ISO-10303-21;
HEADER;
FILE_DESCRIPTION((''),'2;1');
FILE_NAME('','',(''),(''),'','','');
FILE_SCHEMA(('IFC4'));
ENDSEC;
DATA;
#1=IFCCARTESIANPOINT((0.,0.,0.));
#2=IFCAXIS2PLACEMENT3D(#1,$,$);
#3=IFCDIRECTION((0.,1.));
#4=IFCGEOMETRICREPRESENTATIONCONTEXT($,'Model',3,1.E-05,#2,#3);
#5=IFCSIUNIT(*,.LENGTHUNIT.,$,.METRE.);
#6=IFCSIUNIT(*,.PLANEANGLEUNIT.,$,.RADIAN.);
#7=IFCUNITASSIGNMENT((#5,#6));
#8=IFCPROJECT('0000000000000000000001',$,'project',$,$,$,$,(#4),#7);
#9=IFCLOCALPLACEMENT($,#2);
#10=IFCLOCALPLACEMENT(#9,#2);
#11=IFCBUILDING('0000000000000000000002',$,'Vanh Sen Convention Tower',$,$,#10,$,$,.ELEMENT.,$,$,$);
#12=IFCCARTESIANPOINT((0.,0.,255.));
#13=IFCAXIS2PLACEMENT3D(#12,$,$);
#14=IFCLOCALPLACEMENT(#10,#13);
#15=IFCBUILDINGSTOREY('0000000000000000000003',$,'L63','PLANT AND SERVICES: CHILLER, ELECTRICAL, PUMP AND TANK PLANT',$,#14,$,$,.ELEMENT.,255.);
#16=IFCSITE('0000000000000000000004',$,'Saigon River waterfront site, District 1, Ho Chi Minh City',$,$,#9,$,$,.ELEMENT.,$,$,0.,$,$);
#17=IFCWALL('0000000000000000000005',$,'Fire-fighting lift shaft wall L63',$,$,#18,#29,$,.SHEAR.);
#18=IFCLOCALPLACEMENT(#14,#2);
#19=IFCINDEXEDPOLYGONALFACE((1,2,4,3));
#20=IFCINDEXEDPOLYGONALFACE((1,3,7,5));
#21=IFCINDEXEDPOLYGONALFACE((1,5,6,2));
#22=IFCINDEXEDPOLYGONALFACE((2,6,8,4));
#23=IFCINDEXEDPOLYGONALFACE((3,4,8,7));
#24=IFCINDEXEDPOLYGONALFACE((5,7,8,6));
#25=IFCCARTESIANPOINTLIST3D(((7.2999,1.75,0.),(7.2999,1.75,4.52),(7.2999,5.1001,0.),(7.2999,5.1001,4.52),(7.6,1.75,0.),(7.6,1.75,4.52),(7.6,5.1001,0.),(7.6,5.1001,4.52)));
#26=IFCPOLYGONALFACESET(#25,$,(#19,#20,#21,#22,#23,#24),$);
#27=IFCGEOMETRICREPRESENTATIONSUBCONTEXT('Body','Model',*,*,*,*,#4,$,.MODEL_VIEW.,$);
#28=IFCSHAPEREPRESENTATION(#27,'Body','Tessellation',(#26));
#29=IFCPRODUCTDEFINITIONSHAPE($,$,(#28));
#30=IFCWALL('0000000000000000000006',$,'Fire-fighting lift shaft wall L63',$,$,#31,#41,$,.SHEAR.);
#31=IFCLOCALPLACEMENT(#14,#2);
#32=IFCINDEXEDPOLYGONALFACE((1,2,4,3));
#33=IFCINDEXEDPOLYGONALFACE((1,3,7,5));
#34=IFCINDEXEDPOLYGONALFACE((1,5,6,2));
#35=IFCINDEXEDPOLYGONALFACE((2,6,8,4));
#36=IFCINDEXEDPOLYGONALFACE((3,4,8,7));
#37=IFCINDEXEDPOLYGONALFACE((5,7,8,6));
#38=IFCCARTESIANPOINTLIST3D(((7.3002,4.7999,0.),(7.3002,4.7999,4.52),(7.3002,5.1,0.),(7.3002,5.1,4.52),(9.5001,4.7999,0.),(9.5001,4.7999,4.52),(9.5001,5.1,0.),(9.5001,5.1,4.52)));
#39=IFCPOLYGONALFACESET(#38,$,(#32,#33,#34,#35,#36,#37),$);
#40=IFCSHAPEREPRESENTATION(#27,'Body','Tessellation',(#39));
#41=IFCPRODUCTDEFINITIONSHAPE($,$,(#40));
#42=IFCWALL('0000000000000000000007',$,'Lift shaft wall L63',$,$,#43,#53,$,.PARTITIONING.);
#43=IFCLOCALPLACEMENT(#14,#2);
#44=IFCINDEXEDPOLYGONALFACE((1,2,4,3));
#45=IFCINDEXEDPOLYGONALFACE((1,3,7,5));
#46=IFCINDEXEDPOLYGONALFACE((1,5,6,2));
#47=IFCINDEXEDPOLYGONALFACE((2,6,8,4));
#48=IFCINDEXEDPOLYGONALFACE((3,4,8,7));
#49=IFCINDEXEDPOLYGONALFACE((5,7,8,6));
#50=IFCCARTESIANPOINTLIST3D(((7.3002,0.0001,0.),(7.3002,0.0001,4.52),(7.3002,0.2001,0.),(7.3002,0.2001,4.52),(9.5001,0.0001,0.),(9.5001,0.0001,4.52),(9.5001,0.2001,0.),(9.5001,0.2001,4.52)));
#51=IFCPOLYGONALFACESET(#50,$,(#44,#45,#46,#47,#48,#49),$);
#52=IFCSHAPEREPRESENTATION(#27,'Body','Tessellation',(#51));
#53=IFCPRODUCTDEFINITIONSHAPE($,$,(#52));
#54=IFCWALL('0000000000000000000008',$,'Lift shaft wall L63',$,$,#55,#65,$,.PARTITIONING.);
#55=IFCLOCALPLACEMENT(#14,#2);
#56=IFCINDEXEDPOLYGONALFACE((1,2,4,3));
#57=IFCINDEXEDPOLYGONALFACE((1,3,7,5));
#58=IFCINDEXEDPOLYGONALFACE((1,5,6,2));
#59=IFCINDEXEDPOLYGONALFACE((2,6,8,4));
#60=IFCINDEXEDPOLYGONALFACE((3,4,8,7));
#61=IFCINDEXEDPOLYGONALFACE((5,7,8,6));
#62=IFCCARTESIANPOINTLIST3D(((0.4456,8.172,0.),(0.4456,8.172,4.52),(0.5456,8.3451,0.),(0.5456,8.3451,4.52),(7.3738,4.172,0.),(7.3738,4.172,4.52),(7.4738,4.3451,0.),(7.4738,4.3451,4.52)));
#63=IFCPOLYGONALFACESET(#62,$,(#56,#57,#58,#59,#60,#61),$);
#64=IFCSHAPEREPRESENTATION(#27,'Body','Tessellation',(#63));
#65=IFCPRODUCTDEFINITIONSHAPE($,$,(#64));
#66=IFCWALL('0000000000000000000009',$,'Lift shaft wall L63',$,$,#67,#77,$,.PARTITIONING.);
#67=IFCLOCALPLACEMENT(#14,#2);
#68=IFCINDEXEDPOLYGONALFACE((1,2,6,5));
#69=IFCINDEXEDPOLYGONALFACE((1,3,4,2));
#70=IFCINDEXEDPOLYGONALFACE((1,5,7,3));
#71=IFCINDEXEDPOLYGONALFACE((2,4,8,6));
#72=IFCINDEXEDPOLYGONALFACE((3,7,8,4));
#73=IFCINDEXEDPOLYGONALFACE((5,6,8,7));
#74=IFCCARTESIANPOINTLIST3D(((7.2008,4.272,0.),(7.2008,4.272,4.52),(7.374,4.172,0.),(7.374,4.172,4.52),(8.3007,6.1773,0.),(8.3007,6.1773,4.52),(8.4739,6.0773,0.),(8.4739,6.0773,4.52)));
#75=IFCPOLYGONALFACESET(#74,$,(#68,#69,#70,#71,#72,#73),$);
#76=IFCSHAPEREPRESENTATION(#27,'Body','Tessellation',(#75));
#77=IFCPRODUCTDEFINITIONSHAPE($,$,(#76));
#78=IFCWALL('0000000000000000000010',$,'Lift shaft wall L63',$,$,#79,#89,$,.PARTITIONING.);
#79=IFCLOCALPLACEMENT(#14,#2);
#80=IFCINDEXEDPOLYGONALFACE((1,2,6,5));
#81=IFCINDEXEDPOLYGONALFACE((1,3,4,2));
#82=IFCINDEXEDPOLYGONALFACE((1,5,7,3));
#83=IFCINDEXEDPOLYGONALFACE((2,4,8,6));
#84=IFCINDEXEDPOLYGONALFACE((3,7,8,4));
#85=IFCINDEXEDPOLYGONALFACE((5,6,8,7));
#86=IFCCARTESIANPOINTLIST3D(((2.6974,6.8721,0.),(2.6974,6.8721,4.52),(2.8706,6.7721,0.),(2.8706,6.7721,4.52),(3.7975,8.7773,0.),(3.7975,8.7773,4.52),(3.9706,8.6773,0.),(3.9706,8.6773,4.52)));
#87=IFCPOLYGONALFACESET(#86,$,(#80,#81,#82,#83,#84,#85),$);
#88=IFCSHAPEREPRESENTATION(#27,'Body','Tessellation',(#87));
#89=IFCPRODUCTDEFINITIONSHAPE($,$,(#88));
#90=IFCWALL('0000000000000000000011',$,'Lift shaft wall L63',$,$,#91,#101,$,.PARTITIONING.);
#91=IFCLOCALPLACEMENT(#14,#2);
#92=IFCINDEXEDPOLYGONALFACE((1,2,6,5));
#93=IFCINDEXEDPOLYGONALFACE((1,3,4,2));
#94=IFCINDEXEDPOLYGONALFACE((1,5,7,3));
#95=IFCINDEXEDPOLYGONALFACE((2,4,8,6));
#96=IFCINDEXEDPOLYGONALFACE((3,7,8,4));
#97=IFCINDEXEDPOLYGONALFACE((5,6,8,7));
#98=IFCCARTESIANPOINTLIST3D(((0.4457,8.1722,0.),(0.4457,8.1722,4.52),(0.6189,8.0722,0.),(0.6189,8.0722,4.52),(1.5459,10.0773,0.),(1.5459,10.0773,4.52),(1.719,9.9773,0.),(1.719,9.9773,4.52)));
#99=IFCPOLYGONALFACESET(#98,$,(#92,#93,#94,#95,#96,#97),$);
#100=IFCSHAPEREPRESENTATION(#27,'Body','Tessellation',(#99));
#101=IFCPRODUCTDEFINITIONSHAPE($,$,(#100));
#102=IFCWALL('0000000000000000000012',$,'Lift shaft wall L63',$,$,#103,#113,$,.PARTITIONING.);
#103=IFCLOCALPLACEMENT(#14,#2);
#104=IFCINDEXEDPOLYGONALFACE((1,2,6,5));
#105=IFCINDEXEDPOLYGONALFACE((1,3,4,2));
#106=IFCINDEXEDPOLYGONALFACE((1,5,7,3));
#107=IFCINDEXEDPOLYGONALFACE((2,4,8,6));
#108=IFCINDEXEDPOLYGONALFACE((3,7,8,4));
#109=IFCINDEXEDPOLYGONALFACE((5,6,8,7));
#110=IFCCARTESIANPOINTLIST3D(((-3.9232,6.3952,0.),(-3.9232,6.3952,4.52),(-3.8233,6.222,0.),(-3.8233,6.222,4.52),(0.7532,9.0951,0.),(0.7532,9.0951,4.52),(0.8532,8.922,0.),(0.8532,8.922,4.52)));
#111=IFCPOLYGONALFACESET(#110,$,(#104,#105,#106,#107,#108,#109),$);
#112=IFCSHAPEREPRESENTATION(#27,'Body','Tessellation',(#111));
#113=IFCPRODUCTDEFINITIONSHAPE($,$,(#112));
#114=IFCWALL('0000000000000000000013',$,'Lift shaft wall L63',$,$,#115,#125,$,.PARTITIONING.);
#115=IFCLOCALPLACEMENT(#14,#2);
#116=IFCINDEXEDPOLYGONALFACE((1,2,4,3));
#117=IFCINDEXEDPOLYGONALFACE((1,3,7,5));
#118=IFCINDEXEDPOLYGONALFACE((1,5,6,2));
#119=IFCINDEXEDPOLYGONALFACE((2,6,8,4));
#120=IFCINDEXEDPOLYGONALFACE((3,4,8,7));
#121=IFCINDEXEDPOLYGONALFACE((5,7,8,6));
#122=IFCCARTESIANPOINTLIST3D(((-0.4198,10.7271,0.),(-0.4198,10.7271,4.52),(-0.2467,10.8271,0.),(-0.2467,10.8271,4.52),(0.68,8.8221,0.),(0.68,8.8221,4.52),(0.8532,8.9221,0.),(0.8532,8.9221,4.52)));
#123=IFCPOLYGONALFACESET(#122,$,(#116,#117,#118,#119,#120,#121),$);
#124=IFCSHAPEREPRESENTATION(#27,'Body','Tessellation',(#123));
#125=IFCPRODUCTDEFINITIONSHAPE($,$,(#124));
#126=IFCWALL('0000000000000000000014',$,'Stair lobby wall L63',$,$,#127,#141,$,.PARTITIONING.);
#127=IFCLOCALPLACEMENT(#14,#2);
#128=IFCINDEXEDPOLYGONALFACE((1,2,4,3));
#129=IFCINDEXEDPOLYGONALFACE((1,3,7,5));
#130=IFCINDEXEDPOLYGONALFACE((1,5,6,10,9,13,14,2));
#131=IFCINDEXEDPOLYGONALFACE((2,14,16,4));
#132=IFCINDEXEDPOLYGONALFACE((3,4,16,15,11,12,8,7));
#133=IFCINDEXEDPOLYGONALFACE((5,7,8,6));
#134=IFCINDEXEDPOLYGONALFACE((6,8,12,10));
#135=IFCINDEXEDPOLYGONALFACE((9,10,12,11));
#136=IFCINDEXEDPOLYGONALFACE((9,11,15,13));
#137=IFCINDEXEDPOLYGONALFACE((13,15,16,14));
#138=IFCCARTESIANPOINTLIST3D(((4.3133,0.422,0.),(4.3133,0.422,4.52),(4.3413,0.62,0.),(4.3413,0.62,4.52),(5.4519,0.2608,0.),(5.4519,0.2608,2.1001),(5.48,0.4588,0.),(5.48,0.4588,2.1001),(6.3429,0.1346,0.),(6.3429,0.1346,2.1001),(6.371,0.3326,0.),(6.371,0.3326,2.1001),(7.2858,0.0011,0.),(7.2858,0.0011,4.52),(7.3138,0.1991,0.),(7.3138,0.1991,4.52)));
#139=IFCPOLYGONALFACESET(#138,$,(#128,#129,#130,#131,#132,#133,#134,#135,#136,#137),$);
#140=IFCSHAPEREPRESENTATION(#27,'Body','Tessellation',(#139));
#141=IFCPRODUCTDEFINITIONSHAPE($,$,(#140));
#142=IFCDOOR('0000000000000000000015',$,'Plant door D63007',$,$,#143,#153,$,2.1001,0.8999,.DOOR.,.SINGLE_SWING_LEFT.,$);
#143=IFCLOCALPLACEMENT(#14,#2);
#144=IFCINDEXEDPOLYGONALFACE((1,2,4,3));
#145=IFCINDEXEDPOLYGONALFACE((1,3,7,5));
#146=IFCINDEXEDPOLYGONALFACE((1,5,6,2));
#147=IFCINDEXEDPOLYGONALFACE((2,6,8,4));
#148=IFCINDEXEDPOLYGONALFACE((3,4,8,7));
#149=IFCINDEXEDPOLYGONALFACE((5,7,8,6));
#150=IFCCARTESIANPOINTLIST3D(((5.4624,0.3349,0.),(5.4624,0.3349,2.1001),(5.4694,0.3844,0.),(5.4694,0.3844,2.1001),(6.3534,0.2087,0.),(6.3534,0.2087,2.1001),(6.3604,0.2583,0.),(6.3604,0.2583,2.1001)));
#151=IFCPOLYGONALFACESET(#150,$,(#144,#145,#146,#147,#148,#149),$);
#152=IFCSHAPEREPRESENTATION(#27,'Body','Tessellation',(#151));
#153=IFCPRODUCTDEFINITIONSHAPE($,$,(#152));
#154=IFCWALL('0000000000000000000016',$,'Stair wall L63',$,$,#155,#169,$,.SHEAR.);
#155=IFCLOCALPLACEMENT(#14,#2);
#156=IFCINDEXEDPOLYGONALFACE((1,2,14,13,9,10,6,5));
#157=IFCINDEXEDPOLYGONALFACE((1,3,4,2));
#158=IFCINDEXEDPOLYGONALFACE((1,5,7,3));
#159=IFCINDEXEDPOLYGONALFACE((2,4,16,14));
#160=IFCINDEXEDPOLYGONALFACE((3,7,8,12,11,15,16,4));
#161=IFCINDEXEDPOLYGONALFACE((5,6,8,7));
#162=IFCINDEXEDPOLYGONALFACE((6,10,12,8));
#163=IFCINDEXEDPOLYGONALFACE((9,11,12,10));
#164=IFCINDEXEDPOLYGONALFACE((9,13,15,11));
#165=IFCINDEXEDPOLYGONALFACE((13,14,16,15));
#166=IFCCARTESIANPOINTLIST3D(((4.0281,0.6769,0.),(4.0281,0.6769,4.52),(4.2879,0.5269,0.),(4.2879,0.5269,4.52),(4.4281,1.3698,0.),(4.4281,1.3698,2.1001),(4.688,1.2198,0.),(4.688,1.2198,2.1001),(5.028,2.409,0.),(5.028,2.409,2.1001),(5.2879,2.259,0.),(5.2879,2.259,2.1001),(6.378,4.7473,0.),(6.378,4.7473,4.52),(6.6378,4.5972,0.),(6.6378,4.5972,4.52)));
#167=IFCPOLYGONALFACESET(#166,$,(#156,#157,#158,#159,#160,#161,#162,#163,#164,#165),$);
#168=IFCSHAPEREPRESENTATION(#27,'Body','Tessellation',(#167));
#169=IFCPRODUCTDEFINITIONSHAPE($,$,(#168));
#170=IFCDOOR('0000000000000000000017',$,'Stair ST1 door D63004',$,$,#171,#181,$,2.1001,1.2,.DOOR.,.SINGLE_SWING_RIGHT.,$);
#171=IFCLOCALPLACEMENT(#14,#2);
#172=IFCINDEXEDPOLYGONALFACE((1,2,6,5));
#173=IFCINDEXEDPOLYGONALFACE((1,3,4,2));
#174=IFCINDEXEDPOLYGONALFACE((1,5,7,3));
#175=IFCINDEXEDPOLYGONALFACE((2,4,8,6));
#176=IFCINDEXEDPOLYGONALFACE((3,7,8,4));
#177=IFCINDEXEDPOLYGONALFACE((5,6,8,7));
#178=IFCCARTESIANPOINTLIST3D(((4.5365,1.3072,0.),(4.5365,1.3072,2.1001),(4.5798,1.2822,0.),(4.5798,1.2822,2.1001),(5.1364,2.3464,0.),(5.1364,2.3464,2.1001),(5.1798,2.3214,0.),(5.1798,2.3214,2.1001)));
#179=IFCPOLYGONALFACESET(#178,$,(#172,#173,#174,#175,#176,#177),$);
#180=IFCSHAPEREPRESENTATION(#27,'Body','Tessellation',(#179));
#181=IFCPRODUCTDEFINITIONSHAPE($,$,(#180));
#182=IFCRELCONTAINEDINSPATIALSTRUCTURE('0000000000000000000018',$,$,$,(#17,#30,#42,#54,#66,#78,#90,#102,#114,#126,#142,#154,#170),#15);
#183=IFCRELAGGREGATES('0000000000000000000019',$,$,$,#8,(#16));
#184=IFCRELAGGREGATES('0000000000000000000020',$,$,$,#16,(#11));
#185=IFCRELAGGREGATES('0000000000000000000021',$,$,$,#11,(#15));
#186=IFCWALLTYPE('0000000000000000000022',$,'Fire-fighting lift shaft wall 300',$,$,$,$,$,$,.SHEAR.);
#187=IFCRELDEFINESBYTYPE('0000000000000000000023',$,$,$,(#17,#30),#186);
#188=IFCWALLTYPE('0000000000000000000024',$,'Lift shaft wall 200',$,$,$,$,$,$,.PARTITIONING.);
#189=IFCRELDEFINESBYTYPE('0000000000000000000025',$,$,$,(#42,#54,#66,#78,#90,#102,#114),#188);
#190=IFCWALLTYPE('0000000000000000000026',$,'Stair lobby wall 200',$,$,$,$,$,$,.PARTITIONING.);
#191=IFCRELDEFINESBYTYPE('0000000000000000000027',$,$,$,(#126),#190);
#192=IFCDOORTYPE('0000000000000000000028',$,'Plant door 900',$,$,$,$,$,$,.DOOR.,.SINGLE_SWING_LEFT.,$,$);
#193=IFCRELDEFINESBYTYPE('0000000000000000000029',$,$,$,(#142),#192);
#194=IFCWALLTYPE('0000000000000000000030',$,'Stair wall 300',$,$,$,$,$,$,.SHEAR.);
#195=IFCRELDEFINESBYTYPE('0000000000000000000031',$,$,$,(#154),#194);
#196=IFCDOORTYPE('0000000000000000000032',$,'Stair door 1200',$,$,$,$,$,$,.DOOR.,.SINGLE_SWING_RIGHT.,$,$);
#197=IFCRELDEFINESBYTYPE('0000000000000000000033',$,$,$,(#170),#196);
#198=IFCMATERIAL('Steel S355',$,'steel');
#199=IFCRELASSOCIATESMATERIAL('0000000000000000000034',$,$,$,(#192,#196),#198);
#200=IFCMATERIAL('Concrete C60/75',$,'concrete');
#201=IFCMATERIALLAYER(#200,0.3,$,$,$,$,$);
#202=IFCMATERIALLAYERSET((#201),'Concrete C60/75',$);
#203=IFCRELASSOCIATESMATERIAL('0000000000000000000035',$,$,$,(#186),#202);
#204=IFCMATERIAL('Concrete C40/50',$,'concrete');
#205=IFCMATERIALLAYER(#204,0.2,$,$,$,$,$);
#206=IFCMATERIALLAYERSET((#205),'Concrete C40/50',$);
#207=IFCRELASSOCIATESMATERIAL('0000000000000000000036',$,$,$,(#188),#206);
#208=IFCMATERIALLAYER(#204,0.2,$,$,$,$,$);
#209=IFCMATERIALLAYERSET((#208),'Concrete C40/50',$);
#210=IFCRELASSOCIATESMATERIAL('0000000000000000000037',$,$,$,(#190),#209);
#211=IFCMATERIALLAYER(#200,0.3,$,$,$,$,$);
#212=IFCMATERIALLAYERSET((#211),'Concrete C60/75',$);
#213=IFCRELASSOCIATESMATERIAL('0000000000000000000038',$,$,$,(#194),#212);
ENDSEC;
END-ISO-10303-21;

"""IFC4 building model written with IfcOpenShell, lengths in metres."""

from ifc_helpers import new_model, si_unit, direction, frame, frame_2d, origin, place, context, subcontext, project, spatial, rectangle, extrude, material, layer, layer_set, type_object, element, fill, save


model = new_model("IFC4")

# Units and contexts
model_context = context("Model", 3, precision=1e-05, world=origin(), true_north=direction((0.0, 1.0)))
body_context = subcontext(model_context, "Body", "Model", "MODEL_VIEW")
ifc_project = project(units=[si_unit("LENGTHUNIT", "METRE"), si_unit("PLANEANGLEUNIT", "RADIAN")], contexts=[model_context])

# Site, building, storey
site_placement = place(None, origin())
site = spatial("IfcSite", under=ifc_project, at=site_placement, Name="Saigon River waterfront site, District 1, Ho Chi Minh City", CompositionType="ELEMENT", RefElevation=0.0)
building_placement = place(site_placement, origin())
building = spatial("IfcBuilding", under=site, at=building_placement, Name="Vanh Sen Convention Tower", CompositionType="ELEMENT")
storey_placement = place(building_placement, frame((0.0, 0.0, 255.0)))
storey = spatial("IfcBuildingStorey", under=building, at=storey_placement, Name="L63", Description="PLANT AND SERVICES: CHILLER, ELECTRICAL, PUMP AND TANK PLANT", CompositionType="ELEMENT", Elevation=255.0)

# Shared definitions
ifc_material_1 = material(Name="Concrete C40/50", Category="concrete")

# Shared definitions
ifc_material_2 = material(Name="Concrete C60/75", Category="concrete")
ifc_material_3 = material(Name="Steel S355", Category="steel")
door_type_1 = type_object("IfcDoorType", Name="Plant door 900", OperationType="SINGLE_SWING_LEFT", PredefinedType="DOOR", material=ifc_material_3)

# Shared definitions
ifc_layer_1 = layer(ifc_material_2, 0.3)
ifc_layer_set_1 = layer_set([ifc_layer_1], Name="Concrete C60/75")
wall_type_1 = type_object("IfcWallType", Name="Fire-fighting lift shaft wall 300", PredefinedType="SHEAR", material=ifc_layer_set_1)

# Walls
wall_1_placement = place(storey_placement, frame((7.45, 1.75, 0.0), z_axis=(0.0, 0.0, 1.0), x_axis=(0.0, 1.0, 0.0)))
element("IfcWall", 1, at=wall_1_placement, inside=storey, type_object=wall_type_1, Name="Fire-fighting lift shaft wall L63", PredefinedType="SHEAR", context=body_context, shape_type="SweptSolid", body=[
    extrude(rectangle(XDim=3.3501, YDim=0.3, at=frame_2d((1.675, 0.0))), origin(), (0.0, 0.0, 1.0), 4.52),
])
wall_2_placement = place(storey_placement, frame((7.3, 4.95, 0.0), z_axis=(0.0, 0.0, 1.0), x_axis=(1.0, 0.0, 0.0)))
element("IfcWall", 2, at=wall_2_placement, inside=storey, type_object=wall_type_1, Name="Fire-fighting lift shaft wall L63", PredefinedType="SHEAR", context=body_context, shape_type="SweptSolid", body=[
    extrude(rectangle(XDim=2.2, YDim=0.3, at=frame_2d((1.1001, 0.0))), origin(), (0.0, 0.0, 1.0), 4.52),
])
ifc_layer_2 = layer(ifc_material_1, 0.2)
ifc_layer_set_2 = layer_set([ifc_layer_2], Name="Concrete C40/50")
wall_type_2 = type_object("IfcWallType", Name="Lift shaft wall 200", PredefinedType="PARTITIONING", material=ifc_layer_set_2)
wall_3_placement = place(storey_placement, frame((7.3, 0.1001, 0.0), z_axis=(0.0, 0.0, 1.0), x_axis=(1.0, 0.0, 0.0)))
element("IfcWall", 3, at=wall_3_placement, inside=storey, type_object=wall_type_2, Name="Lift shaft wall L63", PredefinedType="PARTITIONING", context=body_context, shape_type="SweptSolid", body=[
    extrude(rectangle(XDim=2.2, YDim=0.2, at=frame_2d((1.1001, 0.0))), origin(), (0.0, 0.0, 1.0), 4.52),
])
wall_4_placement = place(storey_placement, frame((7.4238, 4.2585, 0.0), z_axis=(0.0, 0.0, 1.0), x_axis=(-0.866026, 0.499999, 0.0)))
element("IfcWall", 4, at=wall_4_placement, inside=storey, type_object=wall_type_2, Name="Lift shaft wall L63", PredefinedType="PARTITIONING", context=body_context, shape_type="SweptSolid", body=[
    extrude(rectangle(XDim=8.0, YDim=0.2, at=frame_2d((4.0, 0.0))), origin(), (0.0, 0.0, 1.0), 4.52),
])
for number, where, z_axis, x_axis, name in (
    (5, (7.2874, 4.2219, 0.0), (0.0, 0.0, 1.0), (0.499947, 0.866056, 0.0), "Lift shaft wall L63"),
    (6, (2.7839, 6.822, 0.0), (0.0, 0.0, 1.0), (0.50003, 0.866008, 0.0), "Lift shaft wall L63"),
    (7, (0.5322, 8.1221, 0.0), (0.0, 0.0, 1.0), (0.500078, 0.86598, 0.0), "Lift shaft wall L63"),
):
    element("IfcWall", number, at=place(storey_placement, frame(where, z_axis=z_axis, x_axis=x_axis)), inside=storey, type_object=wall_type_2, Name=name, PredefinedType="PARTITIONING", context=body_context, shape_type="SweptSolid", body=[
        extrude(rectangle(XDim=2.2, YDim=0.2, at=frame_2d((1.1001, 0.0))), origin(), (0.0, 0.0, 1.0), 4.52),
    ])
wall_5_placement = place(storey_placement, frame((0.8032, 9.0085, 0.0), z_axis=(0.0, 0.0, 1.0), x_axis=(-0.866028, -0.499995, 0.0)))
element("IfcWall", 8, at=wall_5_placement, inside=storey, type_object=wall_type_2, Name="Lift shaft wall L63", PredefinedType="PARTITIONING", context=body_context, shape_type="SweptSolid", body=[
    extrude(rectangle(XDim=5.3999, YDim=0.2, at=frame_2d((2.7, 0.0))), origin(), (0.0, 0.0, 1.0), 4.52),
])
wall_6_placement = place(storey_placement, frame((0.7666, 8.8721, 0.0), z_axis=(0.0, 0.0, 1.0), x_axis=(-0.499995, 0.866028, 0.0)))
element("IfcWall", 9, at=wall_6_placement, inside=storey, type_object=wall_type_2, Name="Lift shaft wall L63", PredefinedType="PARTITIONING", context=body_context, shape_type="SweptSolid", body=[
    extrude(rectangle(XDim=2.1997, YDim=0.2, at=frame_2d((1.0999, 0.0))), origin(), (0.0, 0.0, 1.0), 4.52),
])

# Walls, openings, doors
ifc_layer_3 = layer(ifc_material_1, 0.2)
ifc_layer_set_3 = layer_set([ifc_layer_3], Name="Concrete C40/50")
wall_type_3 = type_object("IfcWallType", Name="Stair lobby wall 200", PredefinedType="PARTITIONING", material=ifc_layer_set_3)
wall_7_placement = place(storey_placement, frame((4.3274, 0.521, 0.0), z_axis=(0.0, 0.0, 1.0), x_axis=(0.990124, -0.140192, 0.0)))
wall_7 = element("IfcWall", 10, at=wall_7_placement, inside=storey, type_object=wall_type_3, Name="Stair lobby wall L63", PredefinedType="PARTITIONING", context=body_context, shape_type="SweptSolid", body=[
    extrude(rectangle(XDim=3.0022, YDim=0.2, at=frame_2d((1.501, 0.0))), origin(), (0.0, 0.0, 1.0), 4.52),
])
opening_1_placement = place(wall_7_placement, frame((1.1499, 0.0, 0.0)))
opening_1 = element("IfcOpeningElement", 11, at=opening_1_placement, cuts=wall_7, PredefinedType="OPENING", context=body_context, shape_type="SweptSolid", body=[
    extrude(rectangle(XDim=0.8999, YDim=2.1001, at=frame_2d((0.45, 1.05))), frame((0.0, 0.1099, 0.0), z_axis=(0.0, -1.0, 0.0), x_axis=(1.0, 0.0, 0.0)), (0.0, 0.0, 1.0), 0.22),
])
door_1_placement = place(opening_1_placement, origin())
door_1 = element("IfcDoor", 12, at=door_1_placement, inside=storey, type_object=door_type_1, Name="Plant door D63007", OperationType="SINGLE_SWING_LEFT", OverallHeight=2.1001, OverallWidth=0.8999, PredefinedType="DOOR", context=body_context, shape_type="SweptSolid", body=[
    extrude(rectangle(XDim=0.8999, YDim=2.1001, at=frame_2d((0.45, 1.05))), frame((0.0, 0.0249, 0.0), z_axis=(0.0, -1.0, 0.0), x_axis=(1.0, 0.0, 0.0)), (0.0, 0.0, 1.0), 0.05),
])
fill(opening_1, door_1)
ifc_layer_4 = layer(ifc_material_2, 0.3)
ifc_layer_set_4 = layer_set([ifc_layer_4], Name="Concrete C60/75")
wall_type_4 = type_object("IfcWallType", Name="Stair wall 300", PredefinedType="SHEAR", material=ifc_layer_set_4)
wall_8_placement = place(storey_placement, frame((4.158, 0.6018, 0.0), z_axis=(0.0, 0.0, 1.0), x_axis=(0.499977, 0.866039, 0.0)))
wall_8 = element("IfcWall", 13, at=wall_8_placement, inside=storey, type_object=wall_type_4, Name="Stair wall L63", PredefinedType="SHEAR", context=body_context, shape_type="SweptSolid", body=[
    extrude(rectangle(XDim=4.7, YDim=0.3, at=frame_2d((2.3501, 0.0))), origin(), (0.0, 0.0, 1.0), 4.52),
])
opening_2_placement = place(wall_8_placement, frame((0.8, 0.0, 0.0)))
opening_2 = element("IfcOpeningElement", 14, at=opening_2_placement, cuts=wall_8, PredefinedType="OPENING", context=body_context, shape_type="SweptSolid", body=[
    extrude(rectangle(XDim=1.2, YDim=2.1001, at=frame_2d((0.6001, 1.05))), frame((0.0, 0.1599, 0.0), z_axis=(0.0, -1.0, 0.0), x_axis=(1.0, 0.0, 0.0)), (0.0, 0.0, 1.0), 0.3201),
])
door_type_2 = type_object("IfcDoorType", Name="Stair door 1200", OperationType="SINGLE_SWING_RIGHT", PredefinedType="DOOR", material=ifc_material_3)
door_2_placement = place(opening_2_placement, origin())
door_2 = element("IfcDoor", 15, at=door_2_placement, inside=storey, type_object=door_type_2, Name="Stair ST1 door D63004", OperationType="SINGLE_SWING_RIGHT", OverallHeight=2.1001, OverallWidth=1.2, PredefinedType="DOOR", context=body_context, shape_type="SweptSolid", body=[
    extrude(rectangle(XDim=1.2, YDim=2.1001, at=frame_2d((0.6001, 1.05))), frame((0.0, 0.0249, 0.0), z_axis=(0.0, -1.0, 0.0), x_axis=(1.0, 0.0, 0.0)), (0.0, 0.0, 1.0), 0.05),
])
fill(opening_2, door_2)

save(model, "model.ifc")
